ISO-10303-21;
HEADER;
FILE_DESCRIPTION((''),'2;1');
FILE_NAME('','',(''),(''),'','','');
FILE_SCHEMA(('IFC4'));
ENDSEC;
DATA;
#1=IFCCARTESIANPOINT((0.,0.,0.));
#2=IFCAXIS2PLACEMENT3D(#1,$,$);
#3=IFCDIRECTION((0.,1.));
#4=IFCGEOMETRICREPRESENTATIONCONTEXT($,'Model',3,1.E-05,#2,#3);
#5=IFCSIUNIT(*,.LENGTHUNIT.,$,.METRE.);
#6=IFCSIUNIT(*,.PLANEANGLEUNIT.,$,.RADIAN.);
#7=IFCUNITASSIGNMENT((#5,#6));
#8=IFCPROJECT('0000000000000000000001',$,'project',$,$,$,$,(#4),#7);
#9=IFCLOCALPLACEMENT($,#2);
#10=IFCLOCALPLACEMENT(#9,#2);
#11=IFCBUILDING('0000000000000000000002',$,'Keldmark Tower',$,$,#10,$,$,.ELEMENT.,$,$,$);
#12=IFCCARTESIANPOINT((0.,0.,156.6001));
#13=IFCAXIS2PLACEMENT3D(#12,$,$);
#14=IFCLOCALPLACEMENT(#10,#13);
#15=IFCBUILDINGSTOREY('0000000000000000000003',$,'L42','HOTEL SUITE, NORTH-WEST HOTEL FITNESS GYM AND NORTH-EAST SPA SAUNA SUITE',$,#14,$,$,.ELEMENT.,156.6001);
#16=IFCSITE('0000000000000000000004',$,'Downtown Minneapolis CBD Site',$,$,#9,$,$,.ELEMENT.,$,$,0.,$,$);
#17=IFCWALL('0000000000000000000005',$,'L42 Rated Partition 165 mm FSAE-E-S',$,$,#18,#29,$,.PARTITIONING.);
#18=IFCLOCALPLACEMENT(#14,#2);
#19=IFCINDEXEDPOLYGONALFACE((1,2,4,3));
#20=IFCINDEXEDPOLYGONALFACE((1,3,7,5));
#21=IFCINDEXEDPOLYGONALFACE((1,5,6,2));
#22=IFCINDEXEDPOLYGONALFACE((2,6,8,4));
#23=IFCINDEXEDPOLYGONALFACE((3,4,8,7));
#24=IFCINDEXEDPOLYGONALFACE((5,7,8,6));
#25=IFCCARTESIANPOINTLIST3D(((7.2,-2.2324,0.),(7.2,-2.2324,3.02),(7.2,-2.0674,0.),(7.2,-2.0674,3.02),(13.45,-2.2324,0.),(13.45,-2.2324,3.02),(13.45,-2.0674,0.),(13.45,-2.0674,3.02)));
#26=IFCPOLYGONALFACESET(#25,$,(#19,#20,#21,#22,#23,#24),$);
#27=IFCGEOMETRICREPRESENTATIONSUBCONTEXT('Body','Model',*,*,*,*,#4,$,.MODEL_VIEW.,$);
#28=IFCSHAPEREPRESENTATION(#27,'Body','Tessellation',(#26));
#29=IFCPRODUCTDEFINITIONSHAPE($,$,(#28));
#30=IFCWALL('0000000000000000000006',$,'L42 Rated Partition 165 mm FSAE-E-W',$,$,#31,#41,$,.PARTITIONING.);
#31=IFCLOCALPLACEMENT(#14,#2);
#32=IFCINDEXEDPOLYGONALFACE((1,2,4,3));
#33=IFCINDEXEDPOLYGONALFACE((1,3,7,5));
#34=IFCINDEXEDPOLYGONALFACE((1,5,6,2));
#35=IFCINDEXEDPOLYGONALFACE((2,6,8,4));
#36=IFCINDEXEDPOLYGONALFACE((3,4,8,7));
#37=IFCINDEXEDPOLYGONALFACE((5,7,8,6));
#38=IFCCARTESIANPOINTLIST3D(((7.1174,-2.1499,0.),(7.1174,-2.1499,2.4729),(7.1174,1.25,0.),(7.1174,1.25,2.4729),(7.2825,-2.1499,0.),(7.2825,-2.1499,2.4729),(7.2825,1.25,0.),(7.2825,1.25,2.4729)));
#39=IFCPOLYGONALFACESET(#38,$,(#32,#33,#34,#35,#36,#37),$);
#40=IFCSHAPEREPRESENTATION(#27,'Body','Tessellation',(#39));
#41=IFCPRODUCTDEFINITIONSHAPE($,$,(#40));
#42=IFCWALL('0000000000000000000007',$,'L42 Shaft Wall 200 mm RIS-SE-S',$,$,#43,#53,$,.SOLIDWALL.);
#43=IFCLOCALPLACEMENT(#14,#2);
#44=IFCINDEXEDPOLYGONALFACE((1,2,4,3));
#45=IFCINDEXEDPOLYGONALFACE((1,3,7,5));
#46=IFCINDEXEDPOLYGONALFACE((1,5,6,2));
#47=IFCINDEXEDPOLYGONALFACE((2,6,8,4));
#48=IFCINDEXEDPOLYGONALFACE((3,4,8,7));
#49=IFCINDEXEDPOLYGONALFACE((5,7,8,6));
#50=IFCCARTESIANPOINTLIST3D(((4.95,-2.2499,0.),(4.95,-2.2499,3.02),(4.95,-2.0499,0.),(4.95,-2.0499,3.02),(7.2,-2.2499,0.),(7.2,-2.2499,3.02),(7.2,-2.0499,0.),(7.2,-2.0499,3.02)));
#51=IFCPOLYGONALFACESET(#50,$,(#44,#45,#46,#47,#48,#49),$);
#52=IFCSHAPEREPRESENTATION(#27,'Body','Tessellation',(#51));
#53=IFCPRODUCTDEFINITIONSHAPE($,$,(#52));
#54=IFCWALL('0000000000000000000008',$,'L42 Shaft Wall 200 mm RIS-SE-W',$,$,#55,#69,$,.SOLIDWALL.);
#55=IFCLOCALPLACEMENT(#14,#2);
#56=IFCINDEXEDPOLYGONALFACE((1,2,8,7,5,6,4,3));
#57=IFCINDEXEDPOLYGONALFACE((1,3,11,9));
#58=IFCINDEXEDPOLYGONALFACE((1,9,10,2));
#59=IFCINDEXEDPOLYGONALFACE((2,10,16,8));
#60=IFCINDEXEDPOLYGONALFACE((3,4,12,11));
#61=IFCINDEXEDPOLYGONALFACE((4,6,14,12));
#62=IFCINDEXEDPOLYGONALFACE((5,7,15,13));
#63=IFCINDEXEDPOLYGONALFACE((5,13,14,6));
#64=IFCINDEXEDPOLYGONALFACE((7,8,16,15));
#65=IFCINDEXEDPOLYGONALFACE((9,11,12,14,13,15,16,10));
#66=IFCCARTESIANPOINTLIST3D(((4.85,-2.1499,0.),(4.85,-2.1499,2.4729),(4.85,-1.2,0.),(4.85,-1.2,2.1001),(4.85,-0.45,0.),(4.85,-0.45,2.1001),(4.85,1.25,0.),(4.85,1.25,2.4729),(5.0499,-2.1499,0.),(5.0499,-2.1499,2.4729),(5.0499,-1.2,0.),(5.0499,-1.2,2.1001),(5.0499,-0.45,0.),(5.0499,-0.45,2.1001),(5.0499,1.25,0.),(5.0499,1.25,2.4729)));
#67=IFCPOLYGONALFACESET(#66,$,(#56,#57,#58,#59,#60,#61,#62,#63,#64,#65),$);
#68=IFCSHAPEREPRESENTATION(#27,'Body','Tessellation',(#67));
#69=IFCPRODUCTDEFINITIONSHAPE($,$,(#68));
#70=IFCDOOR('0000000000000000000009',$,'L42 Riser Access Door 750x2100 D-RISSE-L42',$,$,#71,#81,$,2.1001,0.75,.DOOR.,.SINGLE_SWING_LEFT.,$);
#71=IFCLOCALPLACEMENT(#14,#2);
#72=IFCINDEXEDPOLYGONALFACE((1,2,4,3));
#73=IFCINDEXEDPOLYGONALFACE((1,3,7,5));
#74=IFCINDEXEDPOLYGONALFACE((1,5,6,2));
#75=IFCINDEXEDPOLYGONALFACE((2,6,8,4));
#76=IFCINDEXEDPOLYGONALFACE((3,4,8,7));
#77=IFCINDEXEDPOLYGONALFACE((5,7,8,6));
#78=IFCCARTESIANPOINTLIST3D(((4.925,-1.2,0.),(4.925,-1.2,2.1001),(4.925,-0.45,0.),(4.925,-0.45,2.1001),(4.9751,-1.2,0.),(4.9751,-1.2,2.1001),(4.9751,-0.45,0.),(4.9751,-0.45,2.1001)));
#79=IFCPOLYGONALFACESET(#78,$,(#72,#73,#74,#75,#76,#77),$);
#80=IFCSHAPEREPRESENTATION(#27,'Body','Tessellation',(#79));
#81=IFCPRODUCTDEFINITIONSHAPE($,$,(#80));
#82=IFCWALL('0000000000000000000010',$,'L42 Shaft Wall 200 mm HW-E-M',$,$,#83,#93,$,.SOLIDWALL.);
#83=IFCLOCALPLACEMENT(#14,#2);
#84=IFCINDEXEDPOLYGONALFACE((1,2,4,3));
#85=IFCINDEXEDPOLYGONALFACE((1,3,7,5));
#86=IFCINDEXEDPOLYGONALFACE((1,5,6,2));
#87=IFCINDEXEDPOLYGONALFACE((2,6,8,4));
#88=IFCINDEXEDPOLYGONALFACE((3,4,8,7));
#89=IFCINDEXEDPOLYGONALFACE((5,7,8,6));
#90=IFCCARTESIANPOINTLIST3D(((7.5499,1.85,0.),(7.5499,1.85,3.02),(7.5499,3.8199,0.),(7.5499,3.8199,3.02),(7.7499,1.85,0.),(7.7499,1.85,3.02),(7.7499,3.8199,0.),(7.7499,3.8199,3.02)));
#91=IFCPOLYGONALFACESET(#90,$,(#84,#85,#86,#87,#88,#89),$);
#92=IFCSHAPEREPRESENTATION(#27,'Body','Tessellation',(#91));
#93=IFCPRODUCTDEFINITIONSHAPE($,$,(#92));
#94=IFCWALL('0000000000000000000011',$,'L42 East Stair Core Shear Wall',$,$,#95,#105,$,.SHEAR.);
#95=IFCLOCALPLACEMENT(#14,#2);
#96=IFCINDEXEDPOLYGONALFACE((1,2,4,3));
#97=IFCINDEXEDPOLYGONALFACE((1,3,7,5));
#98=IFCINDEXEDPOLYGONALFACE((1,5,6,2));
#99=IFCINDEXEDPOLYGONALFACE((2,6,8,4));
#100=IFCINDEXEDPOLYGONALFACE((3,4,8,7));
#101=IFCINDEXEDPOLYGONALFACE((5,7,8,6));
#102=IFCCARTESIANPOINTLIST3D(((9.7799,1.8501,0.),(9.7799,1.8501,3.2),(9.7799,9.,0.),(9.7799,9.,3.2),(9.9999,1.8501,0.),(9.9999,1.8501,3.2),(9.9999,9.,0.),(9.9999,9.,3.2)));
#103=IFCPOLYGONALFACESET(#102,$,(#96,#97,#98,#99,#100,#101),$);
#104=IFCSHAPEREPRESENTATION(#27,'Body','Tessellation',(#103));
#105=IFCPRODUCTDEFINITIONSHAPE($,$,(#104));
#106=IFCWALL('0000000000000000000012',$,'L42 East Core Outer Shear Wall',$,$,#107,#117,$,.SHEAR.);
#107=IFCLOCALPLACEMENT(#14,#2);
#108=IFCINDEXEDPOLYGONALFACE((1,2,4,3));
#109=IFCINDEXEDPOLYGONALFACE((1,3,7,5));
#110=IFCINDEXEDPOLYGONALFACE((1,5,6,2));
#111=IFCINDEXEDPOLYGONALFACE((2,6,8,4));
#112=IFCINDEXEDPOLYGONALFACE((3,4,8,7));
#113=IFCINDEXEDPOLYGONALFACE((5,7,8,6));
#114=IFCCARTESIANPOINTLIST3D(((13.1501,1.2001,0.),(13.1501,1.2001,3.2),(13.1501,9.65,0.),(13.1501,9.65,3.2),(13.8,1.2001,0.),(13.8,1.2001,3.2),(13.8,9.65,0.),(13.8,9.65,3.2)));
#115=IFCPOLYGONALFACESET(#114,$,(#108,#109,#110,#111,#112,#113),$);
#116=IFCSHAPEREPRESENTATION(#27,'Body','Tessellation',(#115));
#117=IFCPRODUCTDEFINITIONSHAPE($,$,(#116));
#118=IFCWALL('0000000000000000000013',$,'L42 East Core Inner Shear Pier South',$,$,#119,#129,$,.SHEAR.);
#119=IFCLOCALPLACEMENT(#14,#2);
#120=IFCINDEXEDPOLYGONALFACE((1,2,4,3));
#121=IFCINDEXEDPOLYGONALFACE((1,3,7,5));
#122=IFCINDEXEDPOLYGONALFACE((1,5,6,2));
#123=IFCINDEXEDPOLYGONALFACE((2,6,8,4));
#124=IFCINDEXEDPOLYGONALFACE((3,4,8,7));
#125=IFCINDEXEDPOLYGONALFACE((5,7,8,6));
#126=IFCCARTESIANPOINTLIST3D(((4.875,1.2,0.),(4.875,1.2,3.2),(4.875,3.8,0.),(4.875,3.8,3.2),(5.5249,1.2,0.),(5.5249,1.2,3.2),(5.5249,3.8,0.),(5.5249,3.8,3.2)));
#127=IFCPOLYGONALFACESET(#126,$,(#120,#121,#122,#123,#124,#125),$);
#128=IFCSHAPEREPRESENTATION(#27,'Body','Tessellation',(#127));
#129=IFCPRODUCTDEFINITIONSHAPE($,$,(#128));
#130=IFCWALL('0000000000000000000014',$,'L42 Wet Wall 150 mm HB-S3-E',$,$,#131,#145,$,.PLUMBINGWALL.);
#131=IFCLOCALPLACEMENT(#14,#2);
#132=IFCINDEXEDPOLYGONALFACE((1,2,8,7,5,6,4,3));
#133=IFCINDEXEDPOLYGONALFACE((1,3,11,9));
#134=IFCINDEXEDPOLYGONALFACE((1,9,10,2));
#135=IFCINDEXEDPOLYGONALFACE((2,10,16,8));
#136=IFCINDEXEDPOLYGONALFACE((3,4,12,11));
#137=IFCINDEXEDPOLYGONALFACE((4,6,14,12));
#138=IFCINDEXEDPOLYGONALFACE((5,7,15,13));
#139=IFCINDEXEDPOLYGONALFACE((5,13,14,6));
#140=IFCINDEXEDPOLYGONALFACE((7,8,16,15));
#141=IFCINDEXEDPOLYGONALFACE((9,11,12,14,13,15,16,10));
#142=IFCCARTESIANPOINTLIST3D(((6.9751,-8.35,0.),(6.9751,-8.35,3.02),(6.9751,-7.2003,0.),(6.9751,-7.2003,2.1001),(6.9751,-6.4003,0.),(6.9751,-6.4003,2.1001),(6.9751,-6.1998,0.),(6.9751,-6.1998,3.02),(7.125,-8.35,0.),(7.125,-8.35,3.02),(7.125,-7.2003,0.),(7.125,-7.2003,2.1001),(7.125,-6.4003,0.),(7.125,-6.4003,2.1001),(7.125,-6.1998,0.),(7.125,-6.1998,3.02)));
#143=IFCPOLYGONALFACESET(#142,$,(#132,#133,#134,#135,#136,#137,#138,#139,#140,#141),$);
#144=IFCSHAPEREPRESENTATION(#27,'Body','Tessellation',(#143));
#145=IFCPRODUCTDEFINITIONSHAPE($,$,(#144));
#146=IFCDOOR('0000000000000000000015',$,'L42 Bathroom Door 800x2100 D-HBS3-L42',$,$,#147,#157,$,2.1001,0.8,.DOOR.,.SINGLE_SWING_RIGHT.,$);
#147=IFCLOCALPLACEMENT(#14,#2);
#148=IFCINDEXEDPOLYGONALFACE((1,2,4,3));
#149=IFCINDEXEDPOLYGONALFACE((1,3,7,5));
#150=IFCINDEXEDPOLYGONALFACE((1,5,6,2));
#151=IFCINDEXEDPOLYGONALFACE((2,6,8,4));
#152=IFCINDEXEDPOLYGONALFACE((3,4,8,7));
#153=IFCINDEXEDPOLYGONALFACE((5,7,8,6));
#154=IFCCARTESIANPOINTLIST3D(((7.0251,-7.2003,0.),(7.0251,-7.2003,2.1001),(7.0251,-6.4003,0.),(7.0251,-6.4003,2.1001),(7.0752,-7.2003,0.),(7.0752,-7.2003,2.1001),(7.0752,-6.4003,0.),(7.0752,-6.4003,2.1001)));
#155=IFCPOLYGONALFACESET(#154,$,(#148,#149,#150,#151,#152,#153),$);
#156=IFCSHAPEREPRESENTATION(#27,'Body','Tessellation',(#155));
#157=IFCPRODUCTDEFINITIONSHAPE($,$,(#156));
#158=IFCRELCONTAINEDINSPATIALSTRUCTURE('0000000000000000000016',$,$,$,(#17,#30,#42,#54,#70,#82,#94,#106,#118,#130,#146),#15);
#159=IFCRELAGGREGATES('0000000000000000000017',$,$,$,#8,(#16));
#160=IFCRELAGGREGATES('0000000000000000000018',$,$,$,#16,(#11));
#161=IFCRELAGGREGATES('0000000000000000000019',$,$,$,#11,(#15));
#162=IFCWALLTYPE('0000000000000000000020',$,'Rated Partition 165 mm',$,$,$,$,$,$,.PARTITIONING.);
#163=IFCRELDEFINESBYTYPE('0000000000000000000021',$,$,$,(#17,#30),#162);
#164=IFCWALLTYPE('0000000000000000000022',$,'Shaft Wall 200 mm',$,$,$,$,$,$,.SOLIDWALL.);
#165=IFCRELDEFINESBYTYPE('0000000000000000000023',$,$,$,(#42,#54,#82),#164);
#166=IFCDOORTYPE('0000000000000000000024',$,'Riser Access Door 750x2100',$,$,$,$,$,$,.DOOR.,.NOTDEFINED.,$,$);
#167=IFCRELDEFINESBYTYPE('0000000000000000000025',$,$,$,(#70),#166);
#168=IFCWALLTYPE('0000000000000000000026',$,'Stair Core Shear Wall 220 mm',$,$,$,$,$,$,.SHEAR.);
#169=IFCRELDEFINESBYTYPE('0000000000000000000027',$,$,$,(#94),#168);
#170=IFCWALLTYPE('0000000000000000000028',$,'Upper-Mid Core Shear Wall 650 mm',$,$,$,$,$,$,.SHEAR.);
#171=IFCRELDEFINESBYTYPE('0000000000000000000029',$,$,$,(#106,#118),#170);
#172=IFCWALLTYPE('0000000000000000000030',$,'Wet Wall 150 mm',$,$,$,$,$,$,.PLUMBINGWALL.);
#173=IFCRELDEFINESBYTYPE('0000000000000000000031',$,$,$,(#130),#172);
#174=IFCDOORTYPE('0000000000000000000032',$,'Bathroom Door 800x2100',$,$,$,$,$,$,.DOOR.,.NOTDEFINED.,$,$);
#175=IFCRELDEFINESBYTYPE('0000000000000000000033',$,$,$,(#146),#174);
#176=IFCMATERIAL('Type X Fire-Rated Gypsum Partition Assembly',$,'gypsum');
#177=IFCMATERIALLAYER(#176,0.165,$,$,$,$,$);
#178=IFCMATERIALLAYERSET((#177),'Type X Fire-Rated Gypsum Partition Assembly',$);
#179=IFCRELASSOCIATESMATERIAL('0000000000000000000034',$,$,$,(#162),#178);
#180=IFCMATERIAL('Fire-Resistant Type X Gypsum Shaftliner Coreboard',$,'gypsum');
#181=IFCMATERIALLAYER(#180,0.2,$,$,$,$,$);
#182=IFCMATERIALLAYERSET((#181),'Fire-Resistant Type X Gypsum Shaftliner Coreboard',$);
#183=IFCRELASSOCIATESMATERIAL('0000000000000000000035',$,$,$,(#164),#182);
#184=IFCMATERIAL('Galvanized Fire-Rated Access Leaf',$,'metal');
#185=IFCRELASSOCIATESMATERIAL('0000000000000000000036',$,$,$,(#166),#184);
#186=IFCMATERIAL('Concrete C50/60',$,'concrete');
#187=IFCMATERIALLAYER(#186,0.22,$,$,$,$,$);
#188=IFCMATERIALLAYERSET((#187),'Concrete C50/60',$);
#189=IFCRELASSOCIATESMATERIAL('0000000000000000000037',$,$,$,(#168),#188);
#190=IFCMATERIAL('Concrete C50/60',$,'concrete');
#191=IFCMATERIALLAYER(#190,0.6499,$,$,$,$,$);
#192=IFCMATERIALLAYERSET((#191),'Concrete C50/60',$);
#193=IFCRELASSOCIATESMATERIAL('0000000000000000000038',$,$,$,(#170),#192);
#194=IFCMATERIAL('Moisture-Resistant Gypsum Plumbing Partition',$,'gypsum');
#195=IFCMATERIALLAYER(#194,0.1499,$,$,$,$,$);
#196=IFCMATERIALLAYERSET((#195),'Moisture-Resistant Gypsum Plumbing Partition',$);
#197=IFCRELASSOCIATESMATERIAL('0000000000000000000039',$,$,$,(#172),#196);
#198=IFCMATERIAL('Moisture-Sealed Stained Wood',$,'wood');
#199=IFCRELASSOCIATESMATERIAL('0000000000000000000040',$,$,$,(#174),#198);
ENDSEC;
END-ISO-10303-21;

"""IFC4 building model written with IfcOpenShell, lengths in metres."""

from ifc_helpers import new_model, si_unit, direction, frame, frame_2d, origin, place, context, subcontext, project, spatial, rectangle, extrude, material, layer, layer_set, type_object, element, fill, save


model = new_model("IFC4")

# Units and contexts
model_context = context("Model", 3, precision=1e-05, world=origin(), true_north=direction((0.0, 1.0)))
body_context = subcontext(model_context, "Body", "Model", "MODEL_VIEW")
ifc_project = project(units=[si_unit("LENGTHUNIT", "METRE"), si_unit("PLANEANGLEUNIT", "RADIAN")], contexts=[model_context])

# Site, building, storey
site_placement = place(None, origin())
site = spatial("IfcSite", under=ifc_project, at=site_placement, Name="Downtown Minneapolis CBD Site", CompositionType="ELEMENT", RefElevation=0.0)
building_placement = place(site_placement, origin())
building = spatial("IfcBuilding", under=site, at=building_placement, Name="Keldmark Tower", CompositionType="ELEMENT")
storey_placement = place(building_placement, frame((0.0, 0.0, 156.6001)))
storey = spatial("IfcBuildingStorey", under=building, at=storey_placement, Name="L42", Description="HOTEL SUITE, NORTH-WEST HOTEL FITNESS GYM AND NORTH-EAST SPA SAUNA SUITE", CompositionType="ELEMENT", Elevation=156.6001)

# Walls
ifc_material_1 = material(Name="Type X Fire-Rated Gypsum Partition Assembly", Category="gypsum")
ifc_layer_1 = layer(ifc_material_1, 0.165)
ifc_layer_set_1 = layer_set([ifc_layer_1], Name="Type X Fire-Rated Gypsum Partition Assembly")
wall_type_1 = type_object("IfcWallType", Name="Rated Partition 165 mm", PredefinedType="PARTITIONING", material=ifc_layer_set_1)
wall_1_placement = place(storey_placement, frame((7.2, -2.1499, 0.0), z_axis=(0.0, 0.0, 1.0), x_axis=(1.0, 0.0, 0.0)))
element("IfcWall", 1, at=wall_1_placement, inside=storey, type_object=wall_type_1, Name="L42 Rated Partition 165 mm FSAE-E-S", PredefinedType="PARTITIONING", context=body_context, shape_type="SweptSolid", body=[
    extrude(rectangle(XDim=6.25, YDim=0.165, at=frame_2d((3.125, 0.0))), origin(), (0.0, 0.0, 1.0), 3.02),
])
wall_2_placement = place(storey_placement, frame((7.2, -2.1499, 0.0), z_axis=(0.0, 0.0, 1.0), x_axis=(0.0, 1.0, 0.0)))
element("IfcWall", 2, at=wall_2_placement, inside=storey, type_object=wall_type_1, Name="L42 Rated Partition 165 mm FSAE-E-W", PredefinedType="PARTITIONING", context=body_context, shape_type="SweptSolid", body=[
    extrude(rectangle(XDim=3.3999, YDim=0.165, at=frame_2d((1.7, 0.0))), origin(), (0.0, 0.0, 1.0), 2.4729),
])

# Wall
ifc_material_2 = material(Name="Fire-Resistant Type X Gypsum Shaftliner Coreboard", Category="gypsum")
ifc_layer_2 = layer(ifc_material_2, 0.2)
ifc_layer_set_2 = layer_set([ifc_layer_2], Name="Fire-Resistant Type X Gypsum Shaftliner Coreboard")
wall_type_2 = type_object("IfcWallType", Name="Shaft Wall 200 mm", PredefinedType="SOLIDWALL", material=ifc_layer_set_2)
wall_3_placement = place(storey_placement, frame((4.95, -2.1499, 0.0), z_axis=(0.0, 0.0, 1.0), x_axis=(1.0, 0.0, 0.0)))
element("IfcWall", 3, at=wall_3_placement, inside=storey, type_object=wall_type_2, Name="L42 Shaft Wall 200 mm RIS-SE-S", PredefinedType="SOLIDWALL", context=body_context, shape_type="SweptSolid", body=[
    extrude(rectangle(XDim=2.25, YDim=0.2, at=frame_2d((1.125, 0.0))), origin(), (0.0, 0.0, 1.0), 3.02),
])

# Wall, opening, door
wall_4_placement = place(storey_placement, frame((4.95, -2.1499, 0.0), z_axis=(0.0, 0.0, 1.0), x_axis=(0.0, 1.0, 0.0)))
wall_4 = element("IfcWall", 4, at=wall_4_placement, inside=storey, type_object=wall_type_2, Name="L42 Shaft Wall 200 mm RIS-SE-W", PredefinedType="SOLIDWALL", context=body_context, shape_type="SweptSolid", body=[
    extrude(rectangle(XDim=3.3999, YDim=0.2, at=frame_2d((1.7, 0.0))), origin(), (0.0, 0.0, 1.0), 2.4729),
])
opening_1_placement = place(wall_4_placement, frame((0.95, 0.0, 0.0)))
opening_1 = element("IfcOpeningElement", 5, at=opening_1_placement, cuts=wall_4, PredefinedType="OPENING", context=body_context, shape_type="SweptSolid", body=[
    extrude(rectangle(XDim=0.75, YDim=2.1001, at=frame_2d((0.375, 1.05))), frame((0.0, 0.1099, 0.0), z_axis=(0.0, -1.0, 0.0), x_axis=(1.0, 0.0, 0.0)), (0.0, 0.0, 1.0), 0.22),
])
ifc_material_3 = material(Name="Galvanized Fire-Rated Access Leaf", Category="metal")
door_type_1 = type_object("IfcDoorType", Name="Riser Access Door 750x2100", OperationType="NOTDEFINED", PredefinedType="DOOR", material=ifc_material_3)
door_1_placement = place(opening_1_placement, origin())
door_1 = element("IfcDoor", 6, at=door_1_placement, inside=storey, type_object=door_type_1, Name="L42 Riser Access Door 750x2100 D-RISSE-L42", OperationType="SINGLE_SWING_LEFT", OverallHeight=2.1001, OverallWidth=0.75, PredefinedType="DOOR", context=body_context, shape_type="SweptSolid", body=[
    extrude(rectangle(XDim=0.75, YDim=2.1001, at=frame_2d((0.375, 1.05))), frame((0.0, 0.0249, 0.0), z_axis=(0.0, -1.0, 0.0), x_axis=(1.0, 0.0, 0.0)), (0.0, 0.0, 1.0), 0.05),
])
fill(opening_1, door_1)

# Walls
wall_5_placement = place(storey_placement, frame((7.6499, 1.8501, 0.0), z_axis=(0.0, 0.0, 1.0), x_axis=(0.0, 1.0, 0.0)))
element("IfcWall", 7, at=wall_5_placement, inside=storey, type_object=wall_type_2, Name="L42 Shaft Wall 200 mm HW-E-M", PredefinedType="SOLIDWALL", context=body_context, shape_type="SweptSolid", body=[
    extrude(rectangle(XDim=1.97, YDim=0.2, at=frame_2d((0.9849, 0.0))), origin(), (0.0, 0.0, 1.0), 3.02),
])
ifc_material_4 = material(Name="Concrete C50/60", Category="concrete")
ifc_layer_3 = layer(ifc_material_4, 0.22)
ifc_layer_set_3 = layer_set([ifc_layer_3], Name="Concrete C50/60")
wall_type_3 = type_object("IfcWallType", Name="Stair Core Shear Wall 220 mm", PredefinedType="SHEAR", material=ifc_layer_set_3)
wall_6_placement = place(storey_placement, frame((9.8899, 1.8501, 0.0), z_axis=(0.0, 0.0, 1.0), x_axis=(0.0, 1.0, 0.0)))
element("IfcWall", 8, at=wall_6_placement, inside=storey, type_object=wall_type_3, Name="L42 East Stair Core Shear Wall", PredefinedType="SHEAR", context=body_context, shape_type="SweptSolid", body=[
    extrude(rectangle(XDim=7.1499, YDim=0.22, at=frame_2d((3.575, 0.0))), origin(), (0.0, 0.0, 1.0), 3.2),
])
ifc_material_5 = material(Name="Concrete C50/60", Category="concrete")
ifc_layer_4 = layer(ifc_material_5, 0.6499)
ifc_layer_set_4 = layer_set([ifc_layer_4], Name="Concrete C50/60")
wall_type_4 = type_object("IfcWallType", Name="Upper-Mid Core Shear Wall 650 mm", PredefinedType="SHEAR", material=ifc_layer_set_4)
wall_7_placement = place(storey_placement, frame((13.4751, 1.2, 0.0), z_axis=(0.0, 0.0, 1.0), x_axis=(0.0, 1.0, 0.0)))
element("IfcWall", 9, at=wall_7_placement, inside=storey, type_object=wall_type_4, Name="L42 East Core Outer Shear Wall", PredefinedType="SHEAR", context=body_context, shape_type="SweptSolid", body=[
    extrude(rectangle(XDim=8.45, YDim=0.6499, at=frame_2d((4.2251, 0.0))), origin(), (0.0, 0.0, 1.0), 3.2),
])
wall_8_placement = place(storey_placement, frame((5.2, 1.2, 0.0), z_axis=(0.0, 0.0, 1.0), x_axis=(0.0, 1.0, 0.0)))
element("IfcWall", 10, at=wall_8_placement, inside=storey, type_object=wall_type_4, Name="L42 East Core Inner Shear Pier South", PredefinedType="SHEAR", context=body_context, shape_type="SweptSolid", body=[
    extrude(rectangle(XDim=2.6001, YDim=0.6499, at=frame_2d((1.3, 0.0))), origin(), (0.0, 0.0, 1.0), 3.2),
])

# Wall, opening, door
ifc_material_6 = material(Name="Moisture-Resistant Gypsum Plumbing Partition", Category="gypsum")
ifc_layer_5 = layer(ifc_material_6, 0.1499)
ifc_layer_set_5 = layer_set([ifc_layer_5], Name="Moisture-Resistant Gypsum Plumbing Partition")
wall_type_5 = type_object("IfcWallType", Name="Wet Wall 150 mm", PredefinedType="PLUMBINGWALL", material=ifc_layer_set_5)
wall_9_placement = place(storey_placement, frame((7.05, -8.3501, 0.0), z_axis=(0.0, 0.0, 1.0), x_axis=(0.0, 1.0, 0.0)))
wall_9 = element("IfcWall", 11, at=wall_9_placement, inside=storey, type_object=wall_type_5, Name="L42 Wet Wall 150 mm HB-S3-E", PredefinedType="PLUMBINGWALL", context=body_context, shape_type="SweptSolid", body=[
    extrude(rectangle(XDim=2.1501, YDim=0.1499, at=frame_2d((1.0752, 0.0))), origin(), (0.0, 0.0, 1.0), 3.02),
])
opening_2_placement = place(wall_9_placement, frame((1.1499, 0.0, 0.0)))
opening_2 = element("IfcOpeningElement", 12, at=opening_2_placement, cuts=wall_9, PredefinedType="OPENING", context=body_context, shape_type="SweptSolid", body=[
    extrude(rectangle(XDim=0.8, YDim=2.1001, at=frame_2d((0.3999, 1.05))), frame((0.0, 0.085, 0.0), z_axis=(0.0, -1.0, 0.0), x_axis=(1.0, 0.0, 0.0)), (0.0, 0.0, 1.0), 0.1699),
])
ifc_material_7 = material(Name="Moisture-Sealed Stained Wood", Category="wood")
door_type_2 = type_object("IfcDoorType", Name="Bathroom Door 800x2100", OperationType="NOTDEFINED", PredefinedType="DOOR", material=ifc_material_7)
door_2_placement = place(opening_2_placement, origin())
door_2 = element("IfcDoor", 13, at=door_2_placement, inside=storey, type_object=door_type_2, Name="L42 Bathroom Door 800x2100 D-HBS3-L42", OperationType="SINGLE_SWING_RIGHT", OverallHeight=2.1001, OverallWidth=0.8, PredefinedType="DOOR", context=body_context, shape_type="SweptSolid", body=[
    extrude(rectangle(XDim=0.8, YDim=2.1001, at=frame_2d((0.3999, 1.05))), frame((0.0, 0.0249, 0.0), z_axis=(0.0, -1.0, 0.0), x_axis=(1.0, 0.0, 0.0)), (0.0, 0.0, 1.0), 0.05),
])
fill(opening_2, door_2)

save(model, "model.ifc")
